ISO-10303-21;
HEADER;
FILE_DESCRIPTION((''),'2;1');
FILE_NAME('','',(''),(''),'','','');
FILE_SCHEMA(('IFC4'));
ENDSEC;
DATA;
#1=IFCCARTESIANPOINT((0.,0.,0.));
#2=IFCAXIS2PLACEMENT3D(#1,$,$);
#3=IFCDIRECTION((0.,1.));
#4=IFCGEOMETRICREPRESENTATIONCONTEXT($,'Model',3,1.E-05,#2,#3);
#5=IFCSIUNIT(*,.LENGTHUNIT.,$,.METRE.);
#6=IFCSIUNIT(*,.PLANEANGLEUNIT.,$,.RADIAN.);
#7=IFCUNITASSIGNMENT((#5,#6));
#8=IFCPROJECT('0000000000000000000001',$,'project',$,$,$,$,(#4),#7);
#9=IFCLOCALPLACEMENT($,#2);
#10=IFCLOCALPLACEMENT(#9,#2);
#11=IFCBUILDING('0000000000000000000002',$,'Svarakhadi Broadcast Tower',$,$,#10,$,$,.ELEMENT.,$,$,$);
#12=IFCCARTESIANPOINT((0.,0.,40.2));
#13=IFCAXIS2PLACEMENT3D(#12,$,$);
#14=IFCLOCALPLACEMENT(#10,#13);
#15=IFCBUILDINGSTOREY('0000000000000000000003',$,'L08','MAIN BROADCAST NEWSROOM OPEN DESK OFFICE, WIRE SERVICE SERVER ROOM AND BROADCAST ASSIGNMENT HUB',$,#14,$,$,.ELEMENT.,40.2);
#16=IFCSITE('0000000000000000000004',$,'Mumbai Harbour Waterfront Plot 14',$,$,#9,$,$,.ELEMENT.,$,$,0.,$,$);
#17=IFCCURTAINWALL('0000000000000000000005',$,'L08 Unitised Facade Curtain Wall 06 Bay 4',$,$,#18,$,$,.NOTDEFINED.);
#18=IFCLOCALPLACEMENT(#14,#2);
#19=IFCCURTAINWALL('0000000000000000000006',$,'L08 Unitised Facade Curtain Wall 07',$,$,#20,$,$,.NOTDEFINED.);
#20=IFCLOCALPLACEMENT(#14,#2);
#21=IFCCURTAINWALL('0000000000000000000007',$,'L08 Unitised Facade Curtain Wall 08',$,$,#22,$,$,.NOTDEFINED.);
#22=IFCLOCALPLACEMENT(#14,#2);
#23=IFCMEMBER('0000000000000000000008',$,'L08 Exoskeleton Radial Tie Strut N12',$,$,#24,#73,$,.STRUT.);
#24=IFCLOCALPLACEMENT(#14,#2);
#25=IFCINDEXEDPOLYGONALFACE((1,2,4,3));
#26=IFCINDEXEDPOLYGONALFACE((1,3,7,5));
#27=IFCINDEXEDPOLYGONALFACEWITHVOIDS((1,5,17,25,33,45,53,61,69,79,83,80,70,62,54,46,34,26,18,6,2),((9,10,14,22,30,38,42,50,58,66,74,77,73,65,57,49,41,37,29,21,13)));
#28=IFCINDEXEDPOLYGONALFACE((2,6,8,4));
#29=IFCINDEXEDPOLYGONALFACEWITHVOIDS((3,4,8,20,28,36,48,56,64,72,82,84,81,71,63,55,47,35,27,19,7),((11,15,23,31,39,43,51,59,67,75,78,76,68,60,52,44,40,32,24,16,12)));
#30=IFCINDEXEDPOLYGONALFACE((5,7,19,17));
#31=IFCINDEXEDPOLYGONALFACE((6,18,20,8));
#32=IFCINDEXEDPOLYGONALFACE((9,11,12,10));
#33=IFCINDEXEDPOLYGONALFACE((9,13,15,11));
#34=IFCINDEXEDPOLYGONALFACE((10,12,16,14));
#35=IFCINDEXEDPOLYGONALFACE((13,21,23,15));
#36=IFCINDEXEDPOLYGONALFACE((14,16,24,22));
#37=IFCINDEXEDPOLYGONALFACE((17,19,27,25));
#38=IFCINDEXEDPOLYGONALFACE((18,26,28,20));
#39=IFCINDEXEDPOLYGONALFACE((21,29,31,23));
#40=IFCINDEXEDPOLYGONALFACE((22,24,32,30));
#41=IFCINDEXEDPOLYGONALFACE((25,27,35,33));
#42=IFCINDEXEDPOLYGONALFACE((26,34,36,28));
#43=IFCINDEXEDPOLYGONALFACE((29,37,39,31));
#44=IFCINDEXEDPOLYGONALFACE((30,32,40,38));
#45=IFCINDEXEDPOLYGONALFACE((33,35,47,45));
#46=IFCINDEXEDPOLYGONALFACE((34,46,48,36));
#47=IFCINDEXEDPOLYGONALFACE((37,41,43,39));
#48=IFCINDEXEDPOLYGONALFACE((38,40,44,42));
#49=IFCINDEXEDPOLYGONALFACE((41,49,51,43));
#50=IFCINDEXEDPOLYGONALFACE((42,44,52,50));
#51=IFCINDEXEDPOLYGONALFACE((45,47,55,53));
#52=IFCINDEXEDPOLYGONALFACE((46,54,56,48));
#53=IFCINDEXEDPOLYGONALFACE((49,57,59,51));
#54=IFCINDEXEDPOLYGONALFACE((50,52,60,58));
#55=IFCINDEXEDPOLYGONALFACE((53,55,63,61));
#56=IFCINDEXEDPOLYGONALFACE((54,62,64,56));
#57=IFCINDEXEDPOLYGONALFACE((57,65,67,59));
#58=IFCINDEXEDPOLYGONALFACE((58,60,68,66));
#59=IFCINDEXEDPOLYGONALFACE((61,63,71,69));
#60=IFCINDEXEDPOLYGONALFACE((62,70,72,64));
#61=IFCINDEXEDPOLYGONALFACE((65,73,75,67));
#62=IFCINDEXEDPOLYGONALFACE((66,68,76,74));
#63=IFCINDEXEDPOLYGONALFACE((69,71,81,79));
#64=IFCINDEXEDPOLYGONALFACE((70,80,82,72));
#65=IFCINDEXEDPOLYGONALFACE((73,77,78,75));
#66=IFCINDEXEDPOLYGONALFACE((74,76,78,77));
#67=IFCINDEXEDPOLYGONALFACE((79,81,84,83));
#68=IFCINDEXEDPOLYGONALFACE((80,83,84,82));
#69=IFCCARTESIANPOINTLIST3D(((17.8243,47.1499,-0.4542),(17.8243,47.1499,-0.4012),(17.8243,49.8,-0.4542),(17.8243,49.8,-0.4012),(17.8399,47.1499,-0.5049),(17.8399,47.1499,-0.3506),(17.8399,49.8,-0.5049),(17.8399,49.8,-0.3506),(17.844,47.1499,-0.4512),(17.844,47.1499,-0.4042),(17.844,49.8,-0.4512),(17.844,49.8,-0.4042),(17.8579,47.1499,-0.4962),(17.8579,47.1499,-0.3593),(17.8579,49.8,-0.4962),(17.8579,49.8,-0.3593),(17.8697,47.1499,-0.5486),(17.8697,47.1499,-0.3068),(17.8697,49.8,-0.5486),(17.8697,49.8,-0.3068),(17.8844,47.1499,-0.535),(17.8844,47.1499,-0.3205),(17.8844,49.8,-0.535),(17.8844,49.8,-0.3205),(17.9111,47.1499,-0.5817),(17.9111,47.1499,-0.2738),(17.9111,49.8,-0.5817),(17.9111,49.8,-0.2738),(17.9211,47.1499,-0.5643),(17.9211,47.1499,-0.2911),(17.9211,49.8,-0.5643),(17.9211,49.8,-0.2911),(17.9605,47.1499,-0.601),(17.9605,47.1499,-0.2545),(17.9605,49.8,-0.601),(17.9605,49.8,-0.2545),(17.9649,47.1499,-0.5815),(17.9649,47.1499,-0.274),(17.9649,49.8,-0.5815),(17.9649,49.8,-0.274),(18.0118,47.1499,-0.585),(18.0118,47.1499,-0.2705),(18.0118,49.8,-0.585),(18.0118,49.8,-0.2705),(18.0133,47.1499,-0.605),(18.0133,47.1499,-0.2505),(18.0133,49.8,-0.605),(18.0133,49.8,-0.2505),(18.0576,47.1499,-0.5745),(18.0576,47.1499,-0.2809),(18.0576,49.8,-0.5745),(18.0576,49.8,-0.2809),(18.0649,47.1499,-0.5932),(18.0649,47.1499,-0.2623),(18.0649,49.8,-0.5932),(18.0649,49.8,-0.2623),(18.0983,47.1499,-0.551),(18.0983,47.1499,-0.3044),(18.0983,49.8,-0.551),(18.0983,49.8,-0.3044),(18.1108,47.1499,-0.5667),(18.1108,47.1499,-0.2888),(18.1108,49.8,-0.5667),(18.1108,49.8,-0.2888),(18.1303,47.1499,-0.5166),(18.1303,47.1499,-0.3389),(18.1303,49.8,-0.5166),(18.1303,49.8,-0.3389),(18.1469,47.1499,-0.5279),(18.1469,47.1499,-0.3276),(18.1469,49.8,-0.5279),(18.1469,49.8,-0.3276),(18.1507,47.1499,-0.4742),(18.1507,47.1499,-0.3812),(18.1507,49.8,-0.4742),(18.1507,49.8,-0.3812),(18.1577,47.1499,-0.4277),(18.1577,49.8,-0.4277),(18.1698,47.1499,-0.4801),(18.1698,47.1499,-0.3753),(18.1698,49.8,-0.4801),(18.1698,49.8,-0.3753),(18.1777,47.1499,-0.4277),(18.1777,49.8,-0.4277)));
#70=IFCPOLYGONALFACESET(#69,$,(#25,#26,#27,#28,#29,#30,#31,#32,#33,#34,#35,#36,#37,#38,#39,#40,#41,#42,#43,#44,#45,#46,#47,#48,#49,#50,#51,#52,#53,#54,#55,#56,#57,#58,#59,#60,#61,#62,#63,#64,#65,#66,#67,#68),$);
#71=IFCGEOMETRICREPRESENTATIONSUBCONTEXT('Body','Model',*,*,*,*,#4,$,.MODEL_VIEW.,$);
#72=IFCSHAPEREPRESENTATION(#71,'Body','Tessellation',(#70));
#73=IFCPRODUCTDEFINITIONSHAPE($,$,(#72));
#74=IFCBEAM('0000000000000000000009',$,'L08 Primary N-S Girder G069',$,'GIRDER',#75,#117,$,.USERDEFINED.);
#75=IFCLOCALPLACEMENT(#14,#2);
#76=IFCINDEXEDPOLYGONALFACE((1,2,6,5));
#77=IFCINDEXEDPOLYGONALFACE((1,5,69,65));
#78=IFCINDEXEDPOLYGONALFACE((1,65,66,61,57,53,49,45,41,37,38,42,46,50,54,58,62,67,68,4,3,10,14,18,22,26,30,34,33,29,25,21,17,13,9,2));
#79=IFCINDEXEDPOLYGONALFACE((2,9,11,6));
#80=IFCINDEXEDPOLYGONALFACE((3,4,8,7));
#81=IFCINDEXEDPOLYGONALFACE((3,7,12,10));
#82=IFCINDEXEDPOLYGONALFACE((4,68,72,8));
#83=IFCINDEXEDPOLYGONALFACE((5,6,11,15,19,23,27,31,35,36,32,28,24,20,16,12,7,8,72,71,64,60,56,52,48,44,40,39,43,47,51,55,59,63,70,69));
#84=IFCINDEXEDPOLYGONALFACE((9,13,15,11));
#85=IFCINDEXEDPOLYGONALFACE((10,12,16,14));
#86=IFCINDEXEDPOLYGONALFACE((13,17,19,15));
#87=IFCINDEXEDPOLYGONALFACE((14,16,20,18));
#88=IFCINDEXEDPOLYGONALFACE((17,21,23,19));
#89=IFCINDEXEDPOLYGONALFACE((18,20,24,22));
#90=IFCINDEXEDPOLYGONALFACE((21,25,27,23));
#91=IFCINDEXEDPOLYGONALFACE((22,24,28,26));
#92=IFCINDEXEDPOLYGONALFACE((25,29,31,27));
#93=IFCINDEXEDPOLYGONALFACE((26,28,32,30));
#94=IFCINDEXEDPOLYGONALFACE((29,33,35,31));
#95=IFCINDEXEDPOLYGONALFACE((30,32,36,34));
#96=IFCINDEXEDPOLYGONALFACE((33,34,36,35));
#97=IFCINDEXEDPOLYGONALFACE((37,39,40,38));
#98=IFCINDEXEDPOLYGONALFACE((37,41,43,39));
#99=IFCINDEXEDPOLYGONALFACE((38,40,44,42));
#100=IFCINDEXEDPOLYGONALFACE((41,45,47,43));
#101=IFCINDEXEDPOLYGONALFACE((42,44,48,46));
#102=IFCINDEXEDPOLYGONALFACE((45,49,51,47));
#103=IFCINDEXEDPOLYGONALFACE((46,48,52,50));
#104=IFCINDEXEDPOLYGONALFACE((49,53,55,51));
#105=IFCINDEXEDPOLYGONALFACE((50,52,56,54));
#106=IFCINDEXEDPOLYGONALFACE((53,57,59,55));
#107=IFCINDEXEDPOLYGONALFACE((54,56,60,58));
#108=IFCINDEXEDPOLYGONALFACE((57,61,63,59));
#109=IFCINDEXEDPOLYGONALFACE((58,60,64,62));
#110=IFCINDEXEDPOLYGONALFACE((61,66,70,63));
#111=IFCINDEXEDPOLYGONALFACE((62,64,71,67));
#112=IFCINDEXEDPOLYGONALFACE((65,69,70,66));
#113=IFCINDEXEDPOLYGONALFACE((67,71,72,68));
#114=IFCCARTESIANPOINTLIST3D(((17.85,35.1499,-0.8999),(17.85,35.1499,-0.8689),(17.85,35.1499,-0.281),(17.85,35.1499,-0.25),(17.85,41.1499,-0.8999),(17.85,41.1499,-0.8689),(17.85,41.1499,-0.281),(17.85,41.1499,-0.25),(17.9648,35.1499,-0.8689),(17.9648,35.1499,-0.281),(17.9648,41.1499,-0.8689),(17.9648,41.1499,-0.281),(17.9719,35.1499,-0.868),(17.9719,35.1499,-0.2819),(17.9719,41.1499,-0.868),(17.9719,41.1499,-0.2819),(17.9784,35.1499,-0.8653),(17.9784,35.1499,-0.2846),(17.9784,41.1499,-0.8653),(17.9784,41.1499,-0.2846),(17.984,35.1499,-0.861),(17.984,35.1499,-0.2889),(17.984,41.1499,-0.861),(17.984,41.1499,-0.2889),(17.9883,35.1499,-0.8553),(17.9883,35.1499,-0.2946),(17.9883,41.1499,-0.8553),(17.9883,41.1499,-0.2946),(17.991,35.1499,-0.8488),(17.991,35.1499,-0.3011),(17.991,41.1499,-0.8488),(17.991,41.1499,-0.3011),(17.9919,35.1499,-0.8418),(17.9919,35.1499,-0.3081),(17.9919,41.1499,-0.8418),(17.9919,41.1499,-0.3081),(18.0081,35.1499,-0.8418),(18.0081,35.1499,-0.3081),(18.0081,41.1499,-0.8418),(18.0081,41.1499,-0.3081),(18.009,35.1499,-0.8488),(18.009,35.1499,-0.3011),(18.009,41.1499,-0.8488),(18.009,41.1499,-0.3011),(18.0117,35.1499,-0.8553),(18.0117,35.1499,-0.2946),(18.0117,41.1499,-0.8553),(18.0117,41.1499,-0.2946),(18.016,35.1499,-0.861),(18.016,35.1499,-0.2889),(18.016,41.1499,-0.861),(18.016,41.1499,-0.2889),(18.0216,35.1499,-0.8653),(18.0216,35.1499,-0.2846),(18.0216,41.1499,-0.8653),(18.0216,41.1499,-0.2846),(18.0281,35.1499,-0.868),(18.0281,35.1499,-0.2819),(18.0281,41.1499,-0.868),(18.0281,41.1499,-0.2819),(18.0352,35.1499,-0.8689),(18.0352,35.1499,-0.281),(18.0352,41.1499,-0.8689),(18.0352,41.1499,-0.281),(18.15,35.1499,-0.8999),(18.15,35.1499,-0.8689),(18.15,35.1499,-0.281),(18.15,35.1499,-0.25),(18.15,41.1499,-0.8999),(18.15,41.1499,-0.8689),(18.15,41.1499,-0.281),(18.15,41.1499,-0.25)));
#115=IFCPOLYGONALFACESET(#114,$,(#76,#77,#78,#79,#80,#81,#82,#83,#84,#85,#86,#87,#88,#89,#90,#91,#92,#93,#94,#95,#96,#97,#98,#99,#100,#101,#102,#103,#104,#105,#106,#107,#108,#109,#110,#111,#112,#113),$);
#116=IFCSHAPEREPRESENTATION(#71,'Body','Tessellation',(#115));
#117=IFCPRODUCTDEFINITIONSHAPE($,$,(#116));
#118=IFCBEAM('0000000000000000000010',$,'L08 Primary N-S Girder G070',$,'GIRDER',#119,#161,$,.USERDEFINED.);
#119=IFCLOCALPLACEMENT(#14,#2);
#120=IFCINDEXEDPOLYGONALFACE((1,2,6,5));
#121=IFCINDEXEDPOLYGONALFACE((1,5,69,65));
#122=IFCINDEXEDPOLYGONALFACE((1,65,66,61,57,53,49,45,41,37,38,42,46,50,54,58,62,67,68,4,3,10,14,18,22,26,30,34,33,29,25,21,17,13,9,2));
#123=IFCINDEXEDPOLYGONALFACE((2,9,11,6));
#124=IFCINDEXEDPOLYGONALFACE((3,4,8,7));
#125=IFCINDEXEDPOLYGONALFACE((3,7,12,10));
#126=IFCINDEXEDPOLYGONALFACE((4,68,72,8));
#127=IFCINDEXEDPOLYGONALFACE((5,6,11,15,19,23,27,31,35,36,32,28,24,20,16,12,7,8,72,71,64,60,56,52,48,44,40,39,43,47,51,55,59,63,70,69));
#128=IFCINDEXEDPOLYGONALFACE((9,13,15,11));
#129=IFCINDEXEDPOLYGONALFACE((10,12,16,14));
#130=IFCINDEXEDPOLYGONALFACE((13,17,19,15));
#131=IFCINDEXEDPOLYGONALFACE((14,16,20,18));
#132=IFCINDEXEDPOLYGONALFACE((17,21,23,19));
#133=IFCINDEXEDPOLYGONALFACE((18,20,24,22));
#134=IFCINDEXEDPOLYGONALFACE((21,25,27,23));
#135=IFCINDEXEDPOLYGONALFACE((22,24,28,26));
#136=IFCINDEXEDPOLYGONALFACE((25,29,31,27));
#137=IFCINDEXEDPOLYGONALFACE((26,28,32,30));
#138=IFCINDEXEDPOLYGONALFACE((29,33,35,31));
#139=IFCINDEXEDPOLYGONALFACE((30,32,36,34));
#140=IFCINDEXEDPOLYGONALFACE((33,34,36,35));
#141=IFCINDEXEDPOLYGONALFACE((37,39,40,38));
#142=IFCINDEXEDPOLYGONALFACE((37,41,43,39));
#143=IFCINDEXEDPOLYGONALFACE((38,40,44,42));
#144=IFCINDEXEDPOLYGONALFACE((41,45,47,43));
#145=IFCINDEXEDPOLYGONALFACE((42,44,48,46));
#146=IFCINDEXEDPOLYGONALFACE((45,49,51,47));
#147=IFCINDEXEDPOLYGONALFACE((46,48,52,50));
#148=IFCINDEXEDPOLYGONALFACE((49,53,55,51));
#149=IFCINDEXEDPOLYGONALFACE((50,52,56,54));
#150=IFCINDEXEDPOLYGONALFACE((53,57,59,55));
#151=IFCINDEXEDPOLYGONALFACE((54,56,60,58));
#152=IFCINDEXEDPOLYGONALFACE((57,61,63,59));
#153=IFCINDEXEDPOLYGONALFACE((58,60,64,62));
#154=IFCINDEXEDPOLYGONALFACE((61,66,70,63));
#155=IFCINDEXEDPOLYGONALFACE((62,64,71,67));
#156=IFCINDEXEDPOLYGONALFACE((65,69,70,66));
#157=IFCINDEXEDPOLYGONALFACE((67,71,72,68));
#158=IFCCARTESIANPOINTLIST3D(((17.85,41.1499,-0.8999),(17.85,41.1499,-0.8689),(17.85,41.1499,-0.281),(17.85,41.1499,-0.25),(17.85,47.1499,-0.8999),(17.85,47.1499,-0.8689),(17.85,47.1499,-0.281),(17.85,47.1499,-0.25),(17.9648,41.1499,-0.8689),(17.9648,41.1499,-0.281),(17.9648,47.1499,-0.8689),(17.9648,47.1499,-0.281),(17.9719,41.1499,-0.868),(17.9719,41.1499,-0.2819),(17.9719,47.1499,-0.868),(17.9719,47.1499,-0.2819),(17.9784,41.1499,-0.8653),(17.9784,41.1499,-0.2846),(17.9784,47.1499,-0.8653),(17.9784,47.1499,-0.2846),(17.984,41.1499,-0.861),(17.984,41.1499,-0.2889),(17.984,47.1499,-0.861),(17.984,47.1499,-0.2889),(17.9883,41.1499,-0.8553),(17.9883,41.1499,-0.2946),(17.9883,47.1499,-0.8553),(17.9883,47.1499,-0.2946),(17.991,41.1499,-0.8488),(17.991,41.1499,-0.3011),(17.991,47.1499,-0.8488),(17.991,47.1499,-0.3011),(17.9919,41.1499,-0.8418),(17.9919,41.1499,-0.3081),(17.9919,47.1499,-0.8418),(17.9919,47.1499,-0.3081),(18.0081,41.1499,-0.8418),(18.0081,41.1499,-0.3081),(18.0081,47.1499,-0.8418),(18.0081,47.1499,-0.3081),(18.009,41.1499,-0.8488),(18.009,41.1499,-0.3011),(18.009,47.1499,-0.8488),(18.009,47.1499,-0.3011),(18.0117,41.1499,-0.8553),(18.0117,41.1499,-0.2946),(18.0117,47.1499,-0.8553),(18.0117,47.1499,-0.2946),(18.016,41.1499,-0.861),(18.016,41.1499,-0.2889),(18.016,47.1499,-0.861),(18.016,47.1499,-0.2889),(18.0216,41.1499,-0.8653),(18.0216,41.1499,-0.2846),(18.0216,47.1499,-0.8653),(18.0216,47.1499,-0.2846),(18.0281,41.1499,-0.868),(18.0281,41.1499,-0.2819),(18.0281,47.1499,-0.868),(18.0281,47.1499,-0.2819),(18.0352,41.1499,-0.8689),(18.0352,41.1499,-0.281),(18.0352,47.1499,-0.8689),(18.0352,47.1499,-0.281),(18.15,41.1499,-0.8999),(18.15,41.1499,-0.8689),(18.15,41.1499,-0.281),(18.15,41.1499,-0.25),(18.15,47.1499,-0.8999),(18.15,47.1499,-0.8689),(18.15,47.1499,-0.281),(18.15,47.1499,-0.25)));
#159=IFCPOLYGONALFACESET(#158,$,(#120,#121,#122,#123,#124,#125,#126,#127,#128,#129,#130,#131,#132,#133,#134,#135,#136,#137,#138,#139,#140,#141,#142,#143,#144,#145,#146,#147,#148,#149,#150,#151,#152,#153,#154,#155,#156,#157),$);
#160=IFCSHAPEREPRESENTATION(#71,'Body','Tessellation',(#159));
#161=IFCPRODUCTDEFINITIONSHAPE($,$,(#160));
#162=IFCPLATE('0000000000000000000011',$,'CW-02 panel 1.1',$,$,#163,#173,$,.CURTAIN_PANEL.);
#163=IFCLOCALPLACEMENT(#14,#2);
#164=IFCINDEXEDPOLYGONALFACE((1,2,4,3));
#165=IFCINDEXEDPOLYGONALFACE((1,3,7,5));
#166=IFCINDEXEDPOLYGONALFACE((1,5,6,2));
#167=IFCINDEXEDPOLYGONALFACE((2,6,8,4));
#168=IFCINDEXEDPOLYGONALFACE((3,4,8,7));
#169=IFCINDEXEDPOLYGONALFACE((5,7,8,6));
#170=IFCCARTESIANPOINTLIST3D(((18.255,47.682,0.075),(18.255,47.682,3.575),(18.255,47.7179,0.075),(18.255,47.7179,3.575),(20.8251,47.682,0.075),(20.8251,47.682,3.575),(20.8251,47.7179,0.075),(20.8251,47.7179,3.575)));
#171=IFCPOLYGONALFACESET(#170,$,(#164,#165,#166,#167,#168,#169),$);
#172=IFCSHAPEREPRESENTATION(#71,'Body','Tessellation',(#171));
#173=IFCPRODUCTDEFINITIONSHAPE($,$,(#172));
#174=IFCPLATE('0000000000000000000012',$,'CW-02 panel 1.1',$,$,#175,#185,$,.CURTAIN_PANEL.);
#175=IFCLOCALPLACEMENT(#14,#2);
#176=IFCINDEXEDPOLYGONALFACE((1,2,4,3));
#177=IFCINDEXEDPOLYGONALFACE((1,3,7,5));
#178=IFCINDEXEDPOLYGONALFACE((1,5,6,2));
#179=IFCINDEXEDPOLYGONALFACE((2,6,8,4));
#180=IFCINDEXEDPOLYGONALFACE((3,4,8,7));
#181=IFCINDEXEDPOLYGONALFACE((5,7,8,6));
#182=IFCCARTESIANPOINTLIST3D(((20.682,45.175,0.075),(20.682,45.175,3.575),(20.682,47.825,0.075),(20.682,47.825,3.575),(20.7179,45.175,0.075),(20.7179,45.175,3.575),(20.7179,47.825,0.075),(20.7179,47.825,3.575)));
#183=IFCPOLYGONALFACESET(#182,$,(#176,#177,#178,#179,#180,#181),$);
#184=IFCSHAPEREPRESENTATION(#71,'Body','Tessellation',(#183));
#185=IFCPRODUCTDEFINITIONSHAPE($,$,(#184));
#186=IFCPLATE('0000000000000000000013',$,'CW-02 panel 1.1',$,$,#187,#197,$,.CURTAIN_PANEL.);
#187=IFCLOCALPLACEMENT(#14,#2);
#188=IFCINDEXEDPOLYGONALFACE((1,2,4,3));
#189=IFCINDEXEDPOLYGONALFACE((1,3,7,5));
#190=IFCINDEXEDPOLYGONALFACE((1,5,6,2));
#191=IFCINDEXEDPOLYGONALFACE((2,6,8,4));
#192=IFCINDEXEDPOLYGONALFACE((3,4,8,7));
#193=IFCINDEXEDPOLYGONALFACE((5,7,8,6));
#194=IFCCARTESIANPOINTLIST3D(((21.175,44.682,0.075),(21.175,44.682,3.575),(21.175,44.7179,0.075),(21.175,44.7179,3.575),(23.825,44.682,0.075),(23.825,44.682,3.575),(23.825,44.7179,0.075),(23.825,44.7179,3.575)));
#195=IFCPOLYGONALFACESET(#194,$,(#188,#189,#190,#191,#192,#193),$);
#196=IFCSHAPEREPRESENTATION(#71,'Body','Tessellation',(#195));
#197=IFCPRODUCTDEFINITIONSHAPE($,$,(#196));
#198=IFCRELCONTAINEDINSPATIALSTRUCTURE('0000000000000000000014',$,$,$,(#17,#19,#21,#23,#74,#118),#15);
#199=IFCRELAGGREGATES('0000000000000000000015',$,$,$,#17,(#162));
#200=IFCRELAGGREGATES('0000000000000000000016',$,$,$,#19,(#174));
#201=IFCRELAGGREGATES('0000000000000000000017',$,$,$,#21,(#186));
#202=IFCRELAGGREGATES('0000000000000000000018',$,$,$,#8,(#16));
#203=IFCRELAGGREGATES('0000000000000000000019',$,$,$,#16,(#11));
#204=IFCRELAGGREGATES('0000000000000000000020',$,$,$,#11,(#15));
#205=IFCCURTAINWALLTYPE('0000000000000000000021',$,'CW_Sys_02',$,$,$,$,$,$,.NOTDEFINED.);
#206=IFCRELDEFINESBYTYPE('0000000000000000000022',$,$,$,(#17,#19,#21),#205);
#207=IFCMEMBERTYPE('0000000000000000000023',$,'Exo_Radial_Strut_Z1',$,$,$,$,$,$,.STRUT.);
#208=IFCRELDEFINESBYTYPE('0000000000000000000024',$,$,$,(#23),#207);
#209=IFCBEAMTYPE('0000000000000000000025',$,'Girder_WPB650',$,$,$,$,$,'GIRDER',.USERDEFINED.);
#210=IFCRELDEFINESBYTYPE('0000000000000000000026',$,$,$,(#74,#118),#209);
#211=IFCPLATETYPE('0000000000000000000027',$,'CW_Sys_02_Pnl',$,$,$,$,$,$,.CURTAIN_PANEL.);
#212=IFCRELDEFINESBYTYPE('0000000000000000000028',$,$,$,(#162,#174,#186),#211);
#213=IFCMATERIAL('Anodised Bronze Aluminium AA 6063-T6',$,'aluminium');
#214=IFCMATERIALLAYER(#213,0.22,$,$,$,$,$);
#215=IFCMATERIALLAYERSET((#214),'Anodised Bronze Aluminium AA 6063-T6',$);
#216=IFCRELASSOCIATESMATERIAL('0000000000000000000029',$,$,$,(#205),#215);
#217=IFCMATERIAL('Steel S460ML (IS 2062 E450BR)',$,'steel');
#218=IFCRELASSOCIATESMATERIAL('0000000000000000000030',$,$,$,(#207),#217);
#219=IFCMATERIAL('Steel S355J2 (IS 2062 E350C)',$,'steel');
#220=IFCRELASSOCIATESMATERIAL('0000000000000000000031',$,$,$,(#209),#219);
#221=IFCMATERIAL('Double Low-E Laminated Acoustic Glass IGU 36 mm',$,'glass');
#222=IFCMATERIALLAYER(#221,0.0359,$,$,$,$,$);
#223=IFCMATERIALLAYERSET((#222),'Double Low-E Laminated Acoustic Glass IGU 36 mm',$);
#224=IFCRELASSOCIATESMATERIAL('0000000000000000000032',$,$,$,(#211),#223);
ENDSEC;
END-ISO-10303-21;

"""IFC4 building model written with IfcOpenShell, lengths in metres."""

from ifc_helpers import new_model, si_unit, direction, frame, origin, origin_2d, place, context, subcontext, project, spatial, rectangle, hollow_circle, i_section, extrude, material, layer, layer_set, material_profile, profile_set, type_object, element, aggregate, save


model = new_model("IFC4")

# Units and contexts
model_context = context("Model", 3, precision=1e-05, world=origin(), true_north=direction((0.0, 1.0)))
body_context = subcontext(model_context, "Body", "Model", "MODEL_VIEW")
ifc_project = project(units=[si_unit("LENGTHUNIT", "METRE"), si_unit("PLANEANGLEUNIT", "RADIAN")], contexts=[model_context])

# Site, building, storey
site_placement = place(None, origin())
site = spatial("IfcSite", under=ifc_project, at=site_placement, Name="Mumbai Harbour Waterfront Plot 14", CompositionType="ELEMENT", RefElevation=0.0)
building_placement = place(site_placement, origin())
building = spatial("IfcBuilding", under=site, at=building_placement, Name="Svarakhadi Broadcast Tower", CompositionType="ELEMENT")
storey_placement = place(building_placement, frame((0.0, 0.0, 40.2)))
storey = spatial("IfcBuildingStorey", under=building, at=storey_placement, Name="L08", Description="MAIN BROADCAST NEWSROOM OPEN DESK OFFICE, WIRE SERVICE SERVER ROOM AND BROADCAST ASSIGNMENT HUB", CompositionType="ELEMENT", Elevation=40.2)

# Curtain walls
ifc_material_1 = material(Name="Anodised Bronze Aluminium AA 6063-T6", Category="aluminium")
ifc_layer_1 = layer(ifc_material_1, 0.22)
ifc_layer_set_1 = layer_set([ifc_layer_1], Name="Anodised Bronze Aluminium AA 6063-T6")
curtain_wall_type = type_object("IfcCurtainWallType", Name="CW_Sys_02", PredefinedType="NOTDEFINED", material=ifc_layer_set_1)
curtain_wall_1_placement = place(storey_placement, origin())
curtain_wall_1 = element("IfcCurtainWall", 1, at=curtain_wall_1_placement, inside=storey, type_object=curtain_wall_type, Name="L08 Unitised Facade Curtain Wall 06 Bay 4", PredefinedType="NOTDEFINED")
curtain_wall_2_placement = place(storey_placement, origin())
curtain_wall_2 = element("IfcCurtainWall", 2, at=curtain_wall_2_placement, inside=storey, type_object=curtain_wall_type, Name="L08 Unitised Facade Curtain Wall 07", PredefinedType="NOTDEFINED")

# Curtain wall
curtain_wall_3_placement = place(storey_placement, origin())
curtain_wall_3 = element("IfcCurtainWall", 3, at=curtain_wall_3_placement, inside=storey, type_object=curtain_wall_type, Name="L08 Unitised Facade Curtain Wall 08", PredefinedType="NOTDEFINED")

# Member
ifc_material_2 = material(Name="Steel S460ML (IS 2062 E450BR)", Category="steel")
ifc_material_profile_1 = material_profile(ifc_material_2, hollow_circle(Radius=0.1777, WallThickness=0.02, at=origin_2d()), Name="CHS 355.6x20")
ifc_profile_set_1 = profile_set([ifc_material_profile_1], Name="Steel S460ML (IS 2062 E450BR)")
member_type_1 = type_object("IfcMemberType", Name="Exo_Radial_Strut_Z1", PredefinedType="STRUT", material=ifc_profile_set_1)
member_1_placement = place(storey_placement, frame((18.0, 49.8, -0.4277), z_axis=(0.0, -1.0, 0.0), x_axis=(1.0, 0.0, 0.0)))
element("IfcMember", 4, at=member_1_placement, inside=storey, type_object=member_type_1, Name="L08 Exoskeleton Radial Tie Strut N12", PredefinedType="STRUT", context=body_context, shape_type="SweptSolid", body=[
    extrude(hollow_circle(Radius=0.1777, WallThickness=0.02, at=origin_2d()), origin(), (0.0, 0.0, 1.0), 2.6501),
])

# Beams
ifc_material_3 = material(Name="Steel S355J2 (IS 2062 E350C)", Category="steel")
ifc_material_profile_2 = material_profile(ifc_material_3, i_section(OverallWidth=0.3, OverallDepth=0.6499, WebThickness=0.0161, FlangeThickness=0.031, FilletRadius=0.0271, at=origin_2d()), Name="WPB 650x300x225")
ifc_profile_set_2 = profile_set([ifc_material_profile_2], Name="Steel S355J2 (IS 2062 E350C)")
beam_type = type_object("IfcBeamType", Name="Girder_WPB650", ElementType="GIRDER", PredefinedType="USERDEFINED", material=ifc_profile_set_2)
for number, where, z_axis, x_axis, name in (
    (5, (18.0, 35.1499, -0.575), (0.0, 1.0, 0.0), (-1.0, 0.0, 0.0), "L08 Primary N-S Girder G069"),
    (6, (18.0, 41.1499, -0.575), (0.0, 1.0, 0.0), (-1.0, 0.0, 0.0), "L08 Primary N-S Girder G070"),
):
    element("IfcBeam", number, at=place(storey_placement, frame(where, z_axis=z_axis, x_axis=x_axis)), inside=storey, type_object=beam_type, Name=name, ObjectType="GIRDER", PredefinedType="USERDEFINED", context=body_context, shape_type="SweptSolid", body=[
        extrude(i_section(OverallWidth=0.3, OverallDepth=0.6499, WebThickness=0.0161, FlangeThickness=0.031, FilletRadius=0.0271, at=origin_2d()), origin(), (0.0, 0.0, 1.0), 6.0),
    ])

# Plates
ifc_material_4 = material(Name="Double Low-E Laminated Acoustic Glass IGU 36 mm", Category="glass")
ifc_layer_2 = layer(ifc_material_4, 0.0359)
ifc_layer_set_2 = layer_set([ifc_layer_2], Name="Double Low-E Laminated Acoustic Glass IGU 36 mm")
plate_type_1 = type_object("IfcPlateType", Name="CW_Sys_02_Pnl", PredefinedType="CURTAIN_PANEL", material=ifc_layer_set_2)
plate_1_placement = place(storey_placement, frame((19.54, 47.7, 0.075), z_axis=(0.0, 0.0, 1.0), x_axis=(1.0, 0.0, 0.0)))
plate_1 = element("IfcPlate", 7, at=plate_1_placement, type_object=plate_type_1, Name="CW-02 panel 1.1", PredefinedType="CURTAIN_PANEL", context=body_context, shape_type="SweptSolid", body=[
    extrude(rectangle(XDim=2.5701, YDim=0.0359, at=origin_2d()), origin(), (0.0, 0.0, 1.0), 3.5),
])
aggregate(curtain_wall_1, [plate_1])
plate_2_placement = place(storey_placement, frame((20.7, 46.5, 0.075), z_axis=(0.0, 0.0, 1.0), x_axis=(0.0, -1.0, 0.0)))
plate_2 = element("IfcPlate", 8, at=plate_2_placement, type_object=plate_type_1, Name="CW-02 panel 1.1", PredefinedType="CURTAIN_PANEL", context=body_context, shape_type="SweptSolid", body=[
    extrude(rectangle(XDim=2.6499, YDim=0.0359, at=origin_2d()), origin(), (0.0, 0.0, 1.0), 3.5),
])
aggregate(curtain_wall_2, [plate_2])
plate_3_placement = place(storey_placement, frame((22.5, 44.7, 0.075), z_axis=(0.0, 0.0, 1.0), x_axis=(1.0, 0.0, 0.0)))
plate_3 = element("IfcPlate", 9, at=plate_3_placement, type_object=plate_type_1, Name="CW-02 panel 1.1", PredefinedType="CURTAIN_PANEL", context=body_context, shape_type="SweptSolid", body=[
    extrude(rectangle(XDim=2.6499, YDim=0.0359, at=origin_2d()), origin(), (0.0, 0.0, 1.0), 3.5),
])
aggregate(curtain_wall_3, [plate_3])

save(model, "model.ifc")
